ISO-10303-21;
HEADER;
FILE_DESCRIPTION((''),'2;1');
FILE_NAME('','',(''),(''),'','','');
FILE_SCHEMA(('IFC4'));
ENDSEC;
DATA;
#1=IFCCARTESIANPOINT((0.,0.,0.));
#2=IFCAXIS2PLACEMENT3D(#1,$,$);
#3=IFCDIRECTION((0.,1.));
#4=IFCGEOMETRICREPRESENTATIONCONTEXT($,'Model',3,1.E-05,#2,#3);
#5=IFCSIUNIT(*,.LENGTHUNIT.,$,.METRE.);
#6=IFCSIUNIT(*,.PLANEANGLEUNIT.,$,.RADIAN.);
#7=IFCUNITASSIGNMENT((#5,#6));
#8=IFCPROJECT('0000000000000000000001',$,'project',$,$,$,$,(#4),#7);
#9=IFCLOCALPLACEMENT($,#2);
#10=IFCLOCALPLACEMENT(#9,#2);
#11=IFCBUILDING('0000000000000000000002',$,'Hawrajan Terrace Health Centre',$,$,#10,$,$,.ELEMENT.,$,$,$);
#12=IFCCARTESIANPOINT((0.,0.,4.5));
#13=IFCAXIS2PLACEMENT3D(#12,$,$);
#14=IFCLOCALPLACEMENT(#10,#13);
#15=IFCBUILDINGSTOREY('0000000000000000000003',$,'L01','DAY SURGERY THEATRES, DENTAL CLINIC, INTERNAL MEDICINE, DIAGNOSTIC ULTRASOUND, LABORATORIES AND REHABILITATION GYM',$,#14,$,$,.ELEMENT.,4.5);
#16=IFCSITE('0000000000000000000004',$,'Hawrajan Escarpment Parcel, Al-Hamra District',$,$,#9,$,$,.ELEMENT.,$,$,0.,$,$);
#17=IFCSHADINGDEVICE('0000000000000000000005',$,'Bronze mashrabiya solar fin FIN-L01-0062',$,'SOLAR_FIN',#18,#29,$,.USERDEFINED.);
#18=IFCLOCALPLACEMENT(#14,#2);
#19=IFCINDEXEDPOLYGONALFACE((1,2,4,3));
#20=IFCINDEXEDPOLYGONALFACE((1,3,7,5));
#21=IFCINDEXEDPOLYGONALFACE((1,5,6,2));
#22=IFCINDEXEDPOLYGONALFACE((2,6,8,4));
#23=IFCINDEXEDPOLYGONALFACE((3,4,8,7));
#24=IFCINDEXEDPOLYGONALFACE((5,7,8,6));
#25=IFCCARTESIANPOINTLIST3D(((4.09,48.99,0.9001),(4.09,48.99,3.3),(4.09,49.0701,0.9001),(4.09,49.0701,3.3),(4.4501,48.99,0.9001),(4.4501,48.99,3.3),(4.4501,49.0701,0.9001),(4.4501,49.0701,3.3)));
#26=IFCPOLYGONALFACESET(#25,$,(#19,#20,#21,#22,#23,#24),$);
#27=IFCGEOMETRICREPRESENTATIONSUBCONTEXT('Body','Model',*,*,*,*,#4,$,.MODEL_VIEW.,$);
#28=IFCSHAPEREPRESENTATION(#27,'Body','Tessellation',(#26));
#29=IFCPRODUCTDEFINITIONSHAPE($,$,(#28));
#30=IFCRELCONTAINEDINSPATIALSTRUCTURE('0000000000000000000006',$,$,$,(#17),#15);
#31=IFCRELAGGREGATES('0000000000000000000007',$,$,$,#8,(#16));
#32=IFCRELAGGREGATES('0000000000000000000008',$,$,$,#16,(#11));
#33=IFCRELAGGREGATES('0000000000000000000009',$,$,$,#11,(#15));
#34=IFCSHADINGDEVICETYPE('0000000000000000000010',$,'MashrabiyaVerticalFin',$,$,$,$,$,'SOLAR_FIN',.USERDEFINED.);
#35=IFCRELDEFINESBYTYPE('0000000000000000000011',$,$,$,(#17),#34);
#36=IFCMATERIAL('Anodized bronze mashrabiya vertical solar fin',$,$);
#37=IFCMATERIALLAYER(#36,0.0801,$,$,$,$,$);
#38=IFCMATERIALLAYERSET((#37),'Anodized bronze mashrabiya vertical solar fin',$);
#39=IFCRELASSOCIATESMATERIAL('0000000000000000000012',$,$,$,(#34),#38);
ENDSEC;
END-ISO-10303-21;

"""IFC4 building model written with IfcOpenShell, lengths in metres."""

from ifc_helpers import new_model, si_unit, direction, frame, origin, origin_2d, place, context, subcontext, project, spatial, rectangle, extrude, material, layer, layer_set, type_object, element, save


model = new_model("IFC4")

# Units and contexts
model_context = context("Model", 3, precision=1e-05, world=origin(), true_north=direction((0.0, 1.0)))
body_context = subcontext(model_context, "Body", "Model", "MODEL_VIEW")
ifc_project = project(units=[si_unit("LENGTHUNIT", "METRE"), si_unit("PLANEANGLEUNIT", "RADIAN")], contexts=[model_context])

# Site, building, storey
site_placement = place(None, origin())
site = spatial("IfcSite", under=ifc_project, at=site_placement, Name="Hawrajan Escarpment Parcel, Al-Hamra District", CompositionType="ELEMENT", RefElevation=0.0)
building_placement = place(site_placement, origin())
building = spatial("IfcBuilding", under=site, at=building_placement, Name="Hawrajan Terrace Health Centre", CompositionType="ELEMENT")
storey_placement = place(building_placement, frame((0.0, 0.0, 4.5)))
storey = spatial("IfcBuildingStorey", under=building, at=storey_placement, Name="L01", Description="DAY SURGERY THEATRES, DENTAL CLINIC, INTERNAL MEDICINE, DIAGNOSTIC ULTRASOUND, LABORATORIES AND REHABILITATION GYM", CompositionType="ELEMENT", Elevation=4.5)

# Shading device
ifc_material_1 = material(Name="Anodized bronze mashrabiya vertical solar fin")
ifc_layer_1 = layer(ifc_material_1, 0.0801)
ifc_layer_set_1 = layer_set([ifc_layer_1], Name="Anodized bronze mashrabiya vertical solar fin")
shading_device_type = type_object("IfcShadingDeviceType", Name="MashrabiyaVerticalFin", ElementType="SOLAR_FIN", PredefinedType="USERDEFINED", material=ifc_layer_set_1)
for number, where, z_axis, x_axis, name in (
    (1, (4.27, 49.03, 0.9001), (0.0, 0.0, 1.0), (0.0, 1.0, 0.0), "Bronze mashrabiya solar fin FIN-L01-0062"),
):
    element("IfcShadingDevice", number, at=place(storey_placement, frame(where, z_axis=z_axis, x_axis=x_axis)), inside=storey, type_object=shading_device_type, Name=name, ObjectType="SOLAR_FIN", PredefinedType="USERDEFINED", context=body_context, shape_type="SweptSolid", body=[
        extrude(rectangle(XDim=0.0801, YDim=0.3601, at=origin_2d()), origin(), (0.0, 0.0, 1.0), 2.3999),
    ])

save(model, "model.ifc")
